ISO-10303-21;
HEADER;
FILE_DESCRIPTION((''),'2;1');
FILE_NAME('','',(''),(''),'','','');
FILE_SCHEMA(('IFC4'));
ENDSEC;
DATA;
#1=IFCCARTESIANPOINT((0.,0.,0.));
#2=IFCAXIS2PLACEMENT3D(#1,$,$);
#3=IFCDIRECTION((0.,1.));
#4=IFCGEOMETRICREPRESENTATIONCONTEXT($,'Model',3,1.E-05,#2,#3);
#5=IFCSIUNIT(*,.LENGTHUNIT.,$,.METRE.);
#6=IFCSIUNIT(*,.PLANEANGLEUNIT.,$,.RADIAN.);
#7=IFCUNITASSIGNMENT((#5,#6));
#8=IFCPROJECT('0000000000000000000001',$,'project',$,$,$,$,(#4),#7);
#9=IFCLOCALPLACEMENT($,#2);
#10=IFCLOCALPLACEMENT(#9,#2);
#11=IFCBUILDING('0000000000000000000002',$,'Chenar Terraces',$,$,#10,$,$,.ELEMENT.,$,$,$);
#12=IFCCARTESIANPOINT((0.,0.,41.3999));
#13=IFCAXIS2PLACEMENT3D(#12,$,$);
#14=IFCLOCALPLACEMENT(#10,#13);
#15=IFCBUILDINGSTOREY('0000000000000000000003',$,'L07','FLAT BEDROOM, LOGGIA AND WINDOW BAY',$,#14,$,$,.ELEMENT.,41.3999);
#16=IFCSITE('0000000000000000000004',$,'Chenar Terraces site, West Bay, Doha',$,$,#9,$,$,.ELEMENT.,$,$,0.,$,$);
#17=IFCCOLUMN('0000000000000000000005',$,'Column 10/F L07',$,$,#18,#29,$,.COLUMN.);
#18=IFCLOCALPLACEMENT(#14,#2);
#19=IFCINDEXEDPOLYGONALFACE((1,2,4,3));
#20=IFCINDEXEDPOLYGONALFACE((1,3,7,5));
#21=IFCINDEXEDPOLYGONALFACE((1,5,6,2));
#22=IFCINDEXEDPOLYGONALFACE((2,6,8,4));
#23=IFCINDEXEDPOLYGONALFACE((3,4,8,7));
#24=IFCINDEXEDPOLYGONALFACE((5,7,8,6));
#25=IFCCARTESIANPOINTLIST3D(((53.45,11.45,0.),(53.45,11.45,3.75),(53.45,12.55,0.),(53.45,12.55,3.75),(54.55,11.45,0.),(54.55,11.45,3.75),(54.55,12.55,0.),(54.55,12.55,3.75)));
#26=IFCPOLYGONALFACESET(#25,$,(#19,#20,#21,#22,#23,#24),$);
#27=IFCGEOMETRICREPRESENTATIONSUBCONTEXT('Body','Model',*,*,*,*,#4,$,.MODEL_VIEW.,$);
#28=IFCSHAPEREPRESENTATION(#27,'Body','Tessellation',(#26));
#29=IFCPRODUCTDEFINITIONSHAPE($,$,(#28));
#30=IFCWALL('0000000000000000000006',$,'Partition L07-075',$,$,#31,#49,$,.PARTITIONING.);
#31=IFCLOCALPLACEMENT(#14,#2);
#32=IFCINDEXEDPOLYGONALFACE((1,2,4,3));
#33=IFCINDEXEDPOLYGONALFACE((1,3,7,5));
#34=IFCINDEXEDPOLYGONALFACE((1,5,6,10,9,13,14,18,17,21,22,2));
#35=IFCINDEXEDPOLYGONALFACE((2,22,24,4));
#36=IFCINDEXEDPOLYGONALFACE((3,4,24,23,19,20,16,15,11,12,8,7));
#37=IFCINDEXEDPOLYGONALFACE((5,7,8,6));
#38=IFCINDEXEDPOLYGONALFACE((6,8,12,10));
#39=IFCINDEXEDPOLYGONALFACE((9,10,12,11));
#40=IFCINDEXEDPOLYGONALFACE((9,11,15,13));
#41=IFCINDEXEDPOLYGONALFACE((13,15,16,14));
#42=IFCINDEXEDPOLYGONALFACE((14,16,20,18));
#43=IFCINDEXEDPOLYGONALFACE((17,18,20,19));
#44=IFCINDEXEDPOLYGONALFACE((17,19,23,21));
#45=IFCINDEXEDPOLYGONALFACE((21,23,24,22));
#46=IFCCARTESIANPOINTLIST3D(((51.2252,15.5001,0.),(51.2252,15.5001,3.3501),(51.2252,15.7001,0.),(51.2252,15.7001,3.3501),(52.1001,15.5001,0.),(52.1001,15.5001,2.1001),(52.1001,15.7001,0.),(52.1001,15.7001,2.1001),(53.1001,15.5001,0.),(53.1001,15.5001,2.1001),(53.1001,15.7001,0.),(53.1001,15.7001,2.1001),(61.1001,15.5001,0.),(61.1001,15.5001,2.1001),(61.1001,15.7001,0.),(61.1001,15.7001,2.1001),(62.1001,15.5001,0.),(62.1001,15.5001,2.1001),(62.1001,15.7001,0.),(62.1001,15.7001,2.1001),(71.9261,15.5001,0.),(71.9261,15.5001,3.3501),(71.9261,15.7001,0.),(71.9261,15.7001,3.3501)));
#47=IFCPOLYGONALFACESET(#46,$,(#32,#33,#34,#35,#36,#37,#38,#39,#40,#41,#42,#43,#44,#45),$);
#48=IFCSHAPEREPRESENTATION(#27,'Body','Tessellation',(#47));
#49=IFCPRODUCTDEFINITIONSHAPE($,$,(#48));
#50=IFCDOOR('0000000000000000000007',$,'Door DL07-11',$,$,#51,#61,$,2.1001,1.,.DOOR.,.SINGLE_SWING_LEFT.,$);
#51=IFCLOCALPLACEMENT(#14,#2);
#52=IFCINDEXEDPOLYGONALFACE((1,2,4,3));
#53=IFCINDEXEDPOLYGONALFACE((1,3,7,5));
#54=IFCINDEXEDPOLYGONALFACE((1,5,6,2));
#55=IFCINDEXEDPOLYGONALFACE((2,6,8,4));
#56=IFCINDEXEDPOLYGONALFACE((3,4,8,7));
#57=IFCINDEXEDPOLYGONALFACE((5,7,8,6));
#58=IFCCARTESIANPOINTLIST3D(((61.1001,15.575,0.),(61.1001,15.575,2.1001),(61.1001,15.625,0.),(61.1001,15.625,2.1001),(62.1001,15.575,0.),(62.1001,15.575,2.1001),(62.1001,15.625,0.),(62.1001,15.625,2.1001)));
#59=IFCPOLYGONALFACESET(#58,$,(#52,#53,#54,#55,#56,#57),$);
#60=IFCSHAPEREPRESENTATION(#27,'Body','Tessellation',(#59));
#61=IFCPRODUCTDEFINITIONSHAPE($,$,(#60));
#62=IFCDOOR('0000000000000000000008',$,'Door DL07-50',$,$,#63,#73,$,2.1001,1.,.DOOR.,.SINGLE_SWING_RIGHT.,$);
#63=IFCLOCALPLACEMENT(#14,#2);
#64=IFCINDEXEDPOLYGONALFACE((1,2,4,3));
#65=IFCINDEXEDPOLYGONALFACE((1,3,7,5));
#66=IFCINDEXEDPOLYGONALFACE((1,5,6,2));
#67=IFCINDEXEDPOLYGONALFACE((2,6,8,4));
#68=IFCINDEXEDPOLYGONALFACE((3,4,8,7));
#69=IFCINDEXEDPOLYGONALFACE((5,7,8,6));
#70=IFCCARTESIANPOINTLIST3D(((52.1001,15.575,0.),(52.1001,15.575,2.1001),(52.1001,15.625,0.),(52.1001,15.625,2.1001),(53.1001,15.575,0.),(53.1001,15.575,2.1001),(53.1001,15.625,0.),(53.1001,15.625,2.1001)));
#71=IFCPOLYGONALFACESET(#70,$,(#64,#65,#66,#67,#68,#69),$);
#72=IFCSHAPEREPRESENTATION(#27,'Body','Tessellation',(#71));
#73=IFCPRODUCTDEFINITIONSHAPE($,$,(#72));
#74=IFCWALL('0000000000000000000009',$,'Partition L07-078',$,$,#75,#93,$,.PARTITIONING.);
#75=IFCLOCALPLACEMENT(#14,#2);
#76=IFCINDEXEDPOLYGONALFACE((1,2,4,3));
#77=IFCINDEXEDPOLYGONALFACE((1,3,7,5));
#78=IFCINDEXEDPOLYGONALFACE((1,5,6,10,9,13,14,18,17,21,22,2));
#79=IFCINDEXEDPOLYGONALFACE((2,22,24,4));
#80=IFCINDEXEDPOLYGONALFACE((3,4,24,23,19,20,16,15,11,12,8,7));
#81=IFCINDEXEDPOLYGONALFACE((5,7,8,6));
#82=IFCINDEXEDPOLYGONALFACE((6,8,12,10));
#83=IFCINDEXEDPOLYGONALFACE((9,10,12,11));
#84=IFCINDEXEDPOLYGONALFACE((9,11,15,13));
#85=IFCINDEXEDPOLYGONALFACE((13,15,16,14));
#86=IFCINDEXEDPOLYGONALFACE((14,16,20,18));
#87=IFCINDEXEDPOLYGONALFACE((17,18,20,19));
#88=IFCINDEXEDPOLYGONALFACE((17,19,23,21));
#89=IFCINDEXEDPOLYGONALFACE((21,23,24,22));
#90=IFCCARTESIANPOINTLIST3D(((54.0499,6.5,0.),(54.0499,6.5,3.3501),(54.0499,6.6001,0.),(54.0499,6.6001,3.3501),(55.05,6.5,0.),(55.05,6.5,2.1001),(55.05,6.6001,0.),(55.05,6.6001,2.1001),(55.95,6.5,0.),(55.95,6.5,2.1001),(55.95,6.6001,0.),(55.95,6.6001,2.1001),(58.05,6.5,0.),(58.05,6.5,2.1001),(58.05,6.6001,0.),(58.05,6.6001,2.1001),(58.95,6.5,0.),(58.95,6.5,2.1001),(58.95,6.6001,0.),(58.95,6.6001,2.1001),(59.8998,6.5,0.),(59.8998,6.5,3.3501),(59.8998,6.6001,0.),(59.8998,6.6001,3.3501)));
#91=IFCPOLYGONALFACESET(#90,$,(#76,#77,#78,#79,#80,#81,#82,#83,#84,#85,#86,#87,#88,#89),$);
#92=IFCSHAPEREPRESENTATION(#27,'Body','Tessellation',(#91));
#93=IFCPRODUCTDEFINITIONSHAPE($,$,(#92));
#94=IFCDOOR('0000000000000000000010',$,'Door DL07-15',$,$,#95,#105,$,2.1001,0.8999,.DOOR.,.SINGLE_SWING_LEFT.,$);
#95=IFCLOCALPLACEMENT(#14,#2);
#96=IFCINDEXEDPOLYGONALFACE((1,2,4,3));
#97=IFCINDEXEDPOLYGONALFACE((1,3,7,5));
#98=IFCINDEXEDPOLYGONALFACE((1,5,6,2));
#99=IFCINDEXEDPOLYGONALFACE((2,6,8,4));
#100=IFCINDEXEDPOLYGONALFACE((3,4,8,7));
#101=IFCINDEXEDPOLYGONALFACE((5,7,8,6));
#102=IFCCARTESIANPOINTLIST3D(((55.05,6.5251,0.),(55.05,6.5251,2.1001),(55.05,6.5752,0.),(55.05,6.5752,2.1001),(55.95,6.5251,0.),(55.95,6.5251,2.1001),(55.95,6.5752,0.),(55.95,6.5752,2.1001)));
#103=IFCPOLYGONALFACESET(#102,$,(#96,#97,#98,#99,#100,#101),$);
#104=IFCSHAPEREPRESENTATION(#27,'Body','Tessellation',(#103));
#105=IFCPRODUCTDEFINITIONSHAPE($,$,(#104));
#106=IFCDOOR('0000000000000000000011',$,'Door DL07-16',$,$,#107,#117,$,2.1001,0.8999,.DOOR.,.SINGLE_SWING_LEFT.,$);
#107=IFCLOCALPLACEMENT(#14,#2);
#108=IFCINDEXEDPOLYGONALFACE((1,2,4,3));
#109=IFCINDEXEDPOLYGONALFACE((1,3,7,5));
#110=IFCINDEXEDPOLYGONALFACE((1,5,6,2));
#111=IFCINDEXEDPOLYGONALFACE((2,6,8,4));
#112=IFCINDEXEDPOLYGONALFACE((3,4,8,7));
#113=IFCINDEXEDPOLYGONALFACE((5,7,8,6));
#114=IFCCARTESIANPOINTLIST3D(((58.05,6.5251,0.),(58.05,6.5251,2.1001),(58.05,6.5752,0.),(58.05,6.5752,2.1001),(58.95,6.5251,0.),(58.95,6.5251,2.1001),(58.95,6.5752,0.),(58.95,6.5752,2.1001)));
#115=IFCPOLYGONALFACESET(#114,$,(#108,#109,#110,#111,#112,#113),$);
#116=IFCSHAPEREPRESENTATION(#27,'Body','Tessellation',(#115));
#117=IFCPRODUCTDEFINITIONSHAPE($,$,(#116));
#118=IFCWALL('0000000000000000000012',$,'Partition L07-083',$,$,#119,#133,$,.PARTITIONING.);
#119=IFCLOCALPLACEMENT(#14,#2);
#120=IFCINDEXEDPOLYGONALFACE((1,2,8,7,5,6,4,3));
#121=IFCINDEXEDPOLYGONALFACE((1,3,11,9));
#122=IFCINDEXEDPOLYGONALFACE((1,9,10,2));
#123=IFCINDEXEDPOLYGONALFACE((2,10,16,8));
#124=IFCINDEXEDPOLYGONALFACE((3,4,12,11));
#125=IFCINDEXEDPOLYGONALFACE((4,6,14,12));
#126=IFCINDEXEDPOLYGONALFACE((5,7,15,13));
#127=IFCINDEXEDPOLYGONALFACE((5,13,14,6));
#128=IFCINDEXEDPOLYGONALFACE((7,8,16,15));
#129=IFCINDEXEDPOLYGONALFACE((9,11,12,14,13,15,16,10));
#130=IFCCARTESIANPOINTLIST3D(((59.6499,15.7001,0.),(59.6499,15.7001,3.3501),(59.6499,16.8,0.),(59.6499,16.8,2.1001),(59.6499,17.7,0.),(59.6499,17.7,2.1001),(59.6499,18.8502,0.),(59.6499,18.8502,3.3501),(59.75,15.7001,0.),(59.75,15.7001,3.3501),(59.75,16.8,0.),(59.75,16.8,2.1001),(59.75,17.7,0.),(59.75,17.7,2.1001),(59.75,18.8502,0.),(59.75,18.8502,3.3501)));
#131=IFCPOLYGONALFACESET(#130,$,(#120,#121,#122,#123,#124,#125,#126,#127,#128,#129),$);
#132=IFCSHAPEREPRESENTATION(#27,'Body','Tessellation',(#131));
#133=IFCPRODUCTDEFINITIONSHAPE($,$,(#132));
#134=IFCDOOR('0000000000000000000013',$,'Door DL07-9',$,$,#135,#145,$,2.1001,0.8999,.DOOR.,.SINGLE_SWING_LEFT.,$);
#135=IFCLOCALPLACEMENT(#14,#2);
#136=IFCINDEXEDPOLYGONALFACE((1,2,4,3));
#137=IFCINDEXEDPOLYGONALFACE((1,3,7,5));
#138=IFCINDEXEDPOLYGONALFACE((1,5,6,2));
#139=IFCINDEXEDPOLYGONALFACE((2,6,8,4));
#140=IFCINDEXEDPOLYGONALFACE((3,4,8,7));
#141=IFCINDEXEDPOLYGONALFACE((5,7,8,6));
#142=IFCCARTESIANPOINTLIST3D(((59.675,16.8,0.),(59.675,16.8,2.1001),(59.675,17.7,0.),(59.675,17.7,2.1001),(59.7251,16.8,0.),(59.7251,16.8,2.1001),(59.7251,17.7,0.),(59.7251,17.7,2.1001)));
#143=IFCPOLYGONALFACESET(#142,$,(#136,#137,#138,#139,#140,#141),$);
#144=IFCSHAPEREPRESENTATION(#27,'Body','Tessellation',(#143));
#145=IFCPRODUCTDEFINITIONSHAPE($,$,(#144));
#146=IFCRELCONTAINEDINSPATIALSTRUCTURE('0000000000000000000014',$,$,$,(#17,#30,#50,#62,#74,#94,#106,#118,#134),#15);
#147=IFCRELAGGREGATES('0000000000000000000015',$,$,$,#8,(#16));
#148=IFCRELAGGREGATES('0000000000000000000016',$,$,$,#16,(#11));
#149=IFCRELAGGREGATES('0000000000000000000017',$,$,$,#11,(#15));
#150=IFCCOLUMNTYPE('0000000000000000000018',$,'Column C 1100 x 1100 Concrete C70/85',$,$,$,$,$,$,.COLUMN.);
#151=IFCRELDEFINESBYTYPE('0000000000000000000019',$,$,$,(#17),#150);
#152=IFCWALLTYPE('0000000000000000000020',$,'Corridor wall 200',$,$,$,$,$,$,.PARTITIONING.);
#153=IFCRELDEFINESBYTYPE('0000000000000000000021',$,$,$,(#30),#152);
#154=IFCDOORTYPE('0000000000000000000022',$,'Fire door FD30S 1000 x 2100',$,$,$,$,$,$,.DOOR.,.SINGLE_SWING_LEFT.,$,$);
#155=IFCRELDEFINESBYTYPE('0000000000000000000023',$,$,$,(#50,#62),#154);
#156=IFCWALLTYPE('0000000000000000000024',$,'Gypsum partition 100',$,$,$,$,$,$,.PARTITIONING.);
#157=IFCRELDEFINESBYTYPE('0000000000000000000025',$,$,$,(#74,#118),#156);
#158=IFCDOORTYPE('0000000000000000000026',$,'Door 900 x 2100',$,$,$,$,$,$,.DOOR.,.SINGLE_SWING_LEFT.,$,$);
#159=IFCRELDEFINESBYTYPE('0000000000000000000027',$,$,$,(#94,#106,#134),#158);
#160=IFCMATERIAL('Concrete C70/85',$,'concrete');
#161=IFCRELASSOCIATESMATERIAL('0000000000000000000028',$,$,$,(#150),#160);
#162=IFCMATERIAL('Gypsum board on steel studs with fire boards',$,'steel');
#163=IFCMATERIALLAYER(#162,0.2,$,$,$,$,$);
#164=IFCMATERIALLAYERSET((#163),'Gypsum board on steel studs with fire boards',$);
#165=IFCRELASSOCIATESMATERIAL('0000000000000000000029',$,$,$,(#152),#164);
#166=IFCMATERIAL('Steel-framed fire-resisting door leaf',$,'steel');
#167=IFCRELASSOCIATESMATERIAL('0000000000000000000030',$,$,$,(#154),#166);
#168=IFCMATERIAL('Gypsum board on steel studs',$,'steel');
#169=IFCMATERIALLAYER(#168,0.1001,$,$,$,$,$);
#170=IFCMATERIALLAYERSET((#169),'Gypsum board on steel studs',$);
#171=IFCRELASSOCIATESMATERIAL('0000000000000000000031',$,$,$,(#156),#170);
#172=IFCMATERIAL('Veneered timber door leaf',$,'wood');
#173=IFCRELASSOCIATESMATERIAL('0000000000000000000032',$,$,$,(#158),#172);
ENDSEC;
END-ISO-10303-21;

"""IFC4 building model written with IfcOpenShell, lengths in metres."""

from ifc_helpers import new_model, si_unit, direction, frame, frame_2d, origin, origin_2d, place, context, subcontext, project, spatial, rectangle, extrude, material, layer, layer_set, material_profile, profile_set, type_object, element, fill, save


model = new_model("IFC4")

# Units and contexts
model_context = context("Model", 3, precision=1e-05, world=origin(), true_north=direction((0.0, 1.0)))
body_context = subcontext(model_context, "Body", "Model", "MODEL_VIEW")
ifc_project = project(units=[si_unit("LENGTHUNIT", "METRE"), si_unit("PLANEANGLEUNIT", "RADIAN")], contexts=[model_context])

# Site, building, storey
site_placement = place(None, origin())
site = spatial("IfcSite", under=ifc_project, at=site_placement, Name="Chenar Terraces site, West Bay, Doha", CompositionType="ELEMENT", RefElevation=0.0)
building_placement = place(site_placement, origin())
building = spatial("IfcBuilding", under=site, at=building_placement, Name="Chenar Terraces", CompositionType="ELEMENT")
storey_placement = place(building_placement, frame((0.0, 0.0, 41.3999)))
storey = spatial("IfcBuildingStorey", under=building, at=storey_placement, Name="L07", Description="FLAT BEDROOM, LOGGIA AND WINDOW BAY", CompositionType="ELEMENT", Elevation=41.3999)

# Column
ifc_material_1 = material(Name="Concrete C70/85", Category="concrete")
ifc_material_profile = material_profile(ifc_material_1, rectangle(XDim=1.1001, YDim=1.1001, at=origin_2d()), Name="C 1100 x 1100")
ifc_profile_set = profile_set([ifc_material_profile], Name="Concrete C70/85")
column_type = type_object("IfcColumnType", Name="Column C 1100 x 1100 Concrete C70/85", PredefinedType="COLUMN", material=ifc_profile_set)
column_placement = place(storey_placement, frame((54.0, 12.0, 0.0), z_axis=(0.0, 0.0, 1.0), x_axis=(1.0, 0.0, 0.0)))
element("IfcColumn", 1, at=column_placement, inside=storey, type_object=column_type, Name="Column 10/F L07", PredefinedType="COLUMN", context=body_context, shape_type="SweptSolid", body=[
    extrude(rectangle(XDim=1.1001, YDim=1.1001, at=origin_2d()), origin(), (0.0, 0.0, 1.0), 3.75),
])

# Walls, openings, doors
ifc_material_2 = material(Name="Gypsum board on steel studs with fire boards", Category="steel")
ifc_layer_1 = layer(ifc_material_2, 0.2)
ifc_layer_set_1 = layer_set([ifc_layer_1], Name="Gypsum board on steel studs with fire boards")
wall_type_1 = type_object("IfcWallType", Name="Corridor wall 200", PredefinedType="PARTITIONING", material=ifc_layer_set_1)
wall_1_placement = place(storey_placement, frame((51.2251, 15.6001, 0.0), z_axis=(0.0, 0.0, 1.0), x_axis=(1.0, 0.0, 0.0)))
wall_1 = element("IfcWall", 2, at=wall_1_placement, inside=storey, type_object=wall_type_1, Name="Partition L07-075", PredefinedType="PARTITIONING", context=body_context, shape_type="SweptSolid", body=[
    extrude(rectangle(XDim=20.7009, YDim=0.2, at=frame_2d((10.3506, 0.0))), origin(), (0.0, 0.0, 1.0), 3.3501),
])
opening_1_placement = place(wall_1_placement, frame((9.875, 0.0, 0.0)))
opening_1 = element("IfcOpeningElement", 3, at=opening_1_placement, cuts=wall_1, PredefinedType="OPENING", context=body_context, shape_type="SweptSolid", body=[
    extrude(rectangle(XDim=1.0, YDim=2.1001, at=frame_2d((0.5, 1.05))), frame((0.0, 0.1099, 0.0), z_axis=(0.0, -1.0, 0.0), x_axis=(1.0, 0.0, 0.0)), (0.0, 0.0, 1.0), 0.22),
])
opening_2_placement = place(wall_1_placement, frame((0.875, 0.0, 0.0)))
opening_2 = element("IfcOpeningElement", 4, at=opening_2_placement, cuts=wall_1, PredefinedType="OPENING", context=body_context, shape_type="SweptSolid", body=[
    extrude(rectangle(XDim=1.0, YDim=2.1001, at=frame_2d((0.5, 1.05))), frame((0.0, 0.1099, 0.0), z_axis=(0.0, -1.0, 0.0), x_axis=(1.0, 0.0, 0.0)), (0.0, 0.0, 1.0), 0.22),
])
ifc_material_3 = material(Name="Steel-framed fire-resisting door leaf", Category="steel")
door_type_1 = type_object("IfcDoorType", Name="Fire door FD30S 1000 x 2100", OperationType="SINGLE_SWING_LEFT", PredefinedType="DOOR", material=ifc_material_3)
door_1_placement = place(opening_1_placement, origin())
door_1 = element("IfcDoor", 5, at=door_1_placement, inside=storey, type_object=door_type_1, Name="Door DL07-11", OperationType="SINGLE_SWING_LEFT", OverallHeight=2.1001, OverallWidth=1.0, PredefinedType="DOOR", context=body_context, shape_type="SweptSolid", body=[
    extrude(rectangle(XDim=1.0, YDim=2.1001, at=frame_2d((0.5, 1.05))), frame((0.0, 0.0249, 0.0), z_axis=(0.0, -1.0, 0.0), x_axis=(1.0, 0.0, 0.0)), (0.0, 0.0, 1.0), 0.05),
])
fill(opening_1, door_1)
door_2_placement = place(opening_2_placement, origin())
door_2 = element("IfcDoor", 6, at=door_2_placement, inside=storey, type_object=door_type_1, Name="Door DL07-50", OperationType="SINGLE_SWING_RIGHT", OverallHeight=2.1001, OverallWidth=1.0, PredefinedType="DOOR", context=body_context, shape_type="SweptSolid", body=[
    extrude(rectangle(XDim=1.0, YDim=2.1001, at=frame_2d((0.5, 1.05))), frame((0.0, 0.0249, 0.0), z_axis=(0.0, -1.0, 0.0), x_axis=(1.0, 0.0, 0.0)), (0.0, 0.0, 1.0), 0.05),
])
fill(opening_2, door_2)
ifc_material_4 = material(Name="Gypsum board on steel studs", Category="steel")
ifc_layer_2 = layer(ifc_material_4, 0.1001)
ifc_layer_set_2 = layer_set([ifc_layer_2], Name="Gypsum board on steel studs")
wall_type_2 = type_object("IfcWallType", Name="Gypsum partition 100", PredefinedType="PARTITIONING", material=ifc_layer_set_2)
wall_2_placement = place(storey_placement, frame((54.05, 6.55, 0.0), z_axis=(0.0, 0.0, 1.0), x_axis=(1.0, 0.0, 0.0)))
wall_2 = element("IfcWall", 7, at=wall_2_placement, inside=storey, type_object=wall_type_2, Name="Partition L07-078", PredefinedType="PARTITIONING", context=body_context, shape_type="SweptSolid", body=[
    extrude(rectangle(XDim=5.8499, YDim=0.1001, at=frame_2d((2.9248, 0.0))), origin(), (0.0, 0.0, 1.0), 3.3501),
])
opening_3_placement = place(wall_2_placement, frame((1.0, 0.0, 0.0)))
opening_3 = element("IfcOpeningElement", 8, at=opening_3_placement, cuts=wall_2, PredefinedType="OPENING", context=body_context, shape_type="SweptSolid", body=[
    extrude(rectangle(XDim=0.8999, YDim=2.1001, at=frame_2d((0.45, 1.05))), frame((0.0, 0.0601, 0.0), z_axis=(0.0, -1.0, 0.0), x_axis=(1.0, 0.0, 0.0)), (0.0, 0.0, 1.0), 0.1201),
])
opening_4_placement = place(wall_2_placement, frame((4.0, 0.0, 0.0)))
opening_4 = element("IfcOpeningElement", 9, at=opening_4_placement, cuts=wall_2, PredefinedType="OPENING", context=body_context, shape_type="SweptSolid", body=[
    extrude(rectangle(XDim=0.8999, YDim=2.1001, at=frame_2d((0.45, 1.05))), frame((0.0, 0.0601, 0.0), z_axis=(0.0, -1.0, 0.0), x_axis=(1.0, 0.0, 0.0)), (0.0, 0.0, 1.0), 0.1201),
])
ifc_material_5 = material(Name="Veneered timber door leaf", Category="wood")
door_type_2 = type_object("IfcDoorType", Name="Door 900 x 2100", OperationType="SINGLE_SWING_LEFT", PredefinedType="DOOR", material=ifc_material_5)
door_3_placement = place(opening_3_placement, frame((0.8999, 0.0, 0.0), z_axis=(0.0, 0.0, 1.0), x_axis=(-1.0, 0.0, 0.0)))
door_3 = element("IfcDoor", 10, at=door_3_placement, inside=storey, type_object=door_type_2, Name="Door DL07-15", OperationType="SINGLE_SWING_LEFT", OverallHeight=2.1001, OverallWidth=0.8999, PredefinedType="DOOR", context=body_context, shape_type="SweptSolid", body=[
    extrude(rectangle(XDim=0.8999, YDim=2.1001, at=frame_2d((0.45, 1.05))), frame((0.0, 0.0249, 0.0), z_axis=(0.0, -1.0, 0.0), x_axis=(1.0, 0.0, 0.0)), (0.0, 0.0, 1.0), 0.05),
])
fill(opening_3, door_3)
door_4_placement = place(opening_4_placement, frame((0.8999, 0.0, 0.0), z_axis=(0.0, 0.0, 1.0), x_axis=(-1.0, 0.0, 0.0)))
door_4 = element("IfcDoor", 11, at=door_4_placement, inside=storey, type_object=door_type_2, Name="Door DL07-16", OperationType="SINGLE_SWING_LEFT", OverallHeight=2.1001, OverallWidth=0.8999, PredefinedType="DOOR", context=body_context, shape_type="SweptSolid", body=[
    extrude(rectangle(XDim=0.8999, YDim=2.1001, at=frame_2d((0.45, 1.05))), frame((0.0, 0.0249, 0.0), z_axis=(0.0, -1.0, 0.0), x_axis=(1.0, 0.0, 0.0)), (0.0, 0.0, 1.0), 0.05),
])
fill(opening_4, door_4)

# Wall, opening, door
wall_3_placement = place(storey_placement, frame((59.7, 15.7, 0.0), z_axis=(0.0, 0.0, 1.0), x_axis=(0.0, 1.0, 0.0)))
wall_3 = element("IfcWall", 12, at=wall_3_placement, inside=storey, type_object=wall_type_2, Name="Partition L07-083", PredefinedType="PARTITIONING", context=body_context, shape_type="SweptSolid", body=[
    extrude(rectangle(XDim=3.1501, YDim=0.1001, at=frame_2d((1.5752, 0.0))), origin(), (0.0, 0.0, 1.0), 3.3501),
])
opening_5_placement = place(wall_3_placement, frame((1.1001, 0.0, 0.0)))
opening_5 = element("IfcOpeningElement", 13, at=opening_5_placement, cuts=wall_3, PredefinedType="OPENING", context=body_context, shape_type="SweptSolid", body=[
    extrude(rectangle(XDim=0.8999, YDim=2.1001, at=frame_2d((0.45, 1.05))), frame((0.0, 0.0601, 0.0), z_axis=(0.0, -1.0, 0.0), x_axis=(1.0, 0.0, 0.0)), (0.0, 0.0, 1.0), 0.1201),
])
door_5_placement = place(opening_5_placement, origin())
door_5 = element("IfcDoor", 14, at=door_5_placement, inside=storey, type_object=door_type_2, Name="Door DL07-9", OperationType="SINGLE_SWING_LEFT", OverallHeight=2.1001, OverallWidth=0.8999, PredefinedType="DOOR", context=body_context, shape_type="SweptSolid", body=[
    extrude(rectangle(XDim=0.8999, YDim=2.1001, at=frame_2d((0.45, 1.05))), frame((0.0, 0.0249, 0.0), z_axis=(0.0, -1.0, 0.0), x_axis=(1.0, 0.0, 0.0)), (0.0, 0.0, 1.0), 0.05),
])
fill(opening_5, door_5)

save(model, "model.ifc")
